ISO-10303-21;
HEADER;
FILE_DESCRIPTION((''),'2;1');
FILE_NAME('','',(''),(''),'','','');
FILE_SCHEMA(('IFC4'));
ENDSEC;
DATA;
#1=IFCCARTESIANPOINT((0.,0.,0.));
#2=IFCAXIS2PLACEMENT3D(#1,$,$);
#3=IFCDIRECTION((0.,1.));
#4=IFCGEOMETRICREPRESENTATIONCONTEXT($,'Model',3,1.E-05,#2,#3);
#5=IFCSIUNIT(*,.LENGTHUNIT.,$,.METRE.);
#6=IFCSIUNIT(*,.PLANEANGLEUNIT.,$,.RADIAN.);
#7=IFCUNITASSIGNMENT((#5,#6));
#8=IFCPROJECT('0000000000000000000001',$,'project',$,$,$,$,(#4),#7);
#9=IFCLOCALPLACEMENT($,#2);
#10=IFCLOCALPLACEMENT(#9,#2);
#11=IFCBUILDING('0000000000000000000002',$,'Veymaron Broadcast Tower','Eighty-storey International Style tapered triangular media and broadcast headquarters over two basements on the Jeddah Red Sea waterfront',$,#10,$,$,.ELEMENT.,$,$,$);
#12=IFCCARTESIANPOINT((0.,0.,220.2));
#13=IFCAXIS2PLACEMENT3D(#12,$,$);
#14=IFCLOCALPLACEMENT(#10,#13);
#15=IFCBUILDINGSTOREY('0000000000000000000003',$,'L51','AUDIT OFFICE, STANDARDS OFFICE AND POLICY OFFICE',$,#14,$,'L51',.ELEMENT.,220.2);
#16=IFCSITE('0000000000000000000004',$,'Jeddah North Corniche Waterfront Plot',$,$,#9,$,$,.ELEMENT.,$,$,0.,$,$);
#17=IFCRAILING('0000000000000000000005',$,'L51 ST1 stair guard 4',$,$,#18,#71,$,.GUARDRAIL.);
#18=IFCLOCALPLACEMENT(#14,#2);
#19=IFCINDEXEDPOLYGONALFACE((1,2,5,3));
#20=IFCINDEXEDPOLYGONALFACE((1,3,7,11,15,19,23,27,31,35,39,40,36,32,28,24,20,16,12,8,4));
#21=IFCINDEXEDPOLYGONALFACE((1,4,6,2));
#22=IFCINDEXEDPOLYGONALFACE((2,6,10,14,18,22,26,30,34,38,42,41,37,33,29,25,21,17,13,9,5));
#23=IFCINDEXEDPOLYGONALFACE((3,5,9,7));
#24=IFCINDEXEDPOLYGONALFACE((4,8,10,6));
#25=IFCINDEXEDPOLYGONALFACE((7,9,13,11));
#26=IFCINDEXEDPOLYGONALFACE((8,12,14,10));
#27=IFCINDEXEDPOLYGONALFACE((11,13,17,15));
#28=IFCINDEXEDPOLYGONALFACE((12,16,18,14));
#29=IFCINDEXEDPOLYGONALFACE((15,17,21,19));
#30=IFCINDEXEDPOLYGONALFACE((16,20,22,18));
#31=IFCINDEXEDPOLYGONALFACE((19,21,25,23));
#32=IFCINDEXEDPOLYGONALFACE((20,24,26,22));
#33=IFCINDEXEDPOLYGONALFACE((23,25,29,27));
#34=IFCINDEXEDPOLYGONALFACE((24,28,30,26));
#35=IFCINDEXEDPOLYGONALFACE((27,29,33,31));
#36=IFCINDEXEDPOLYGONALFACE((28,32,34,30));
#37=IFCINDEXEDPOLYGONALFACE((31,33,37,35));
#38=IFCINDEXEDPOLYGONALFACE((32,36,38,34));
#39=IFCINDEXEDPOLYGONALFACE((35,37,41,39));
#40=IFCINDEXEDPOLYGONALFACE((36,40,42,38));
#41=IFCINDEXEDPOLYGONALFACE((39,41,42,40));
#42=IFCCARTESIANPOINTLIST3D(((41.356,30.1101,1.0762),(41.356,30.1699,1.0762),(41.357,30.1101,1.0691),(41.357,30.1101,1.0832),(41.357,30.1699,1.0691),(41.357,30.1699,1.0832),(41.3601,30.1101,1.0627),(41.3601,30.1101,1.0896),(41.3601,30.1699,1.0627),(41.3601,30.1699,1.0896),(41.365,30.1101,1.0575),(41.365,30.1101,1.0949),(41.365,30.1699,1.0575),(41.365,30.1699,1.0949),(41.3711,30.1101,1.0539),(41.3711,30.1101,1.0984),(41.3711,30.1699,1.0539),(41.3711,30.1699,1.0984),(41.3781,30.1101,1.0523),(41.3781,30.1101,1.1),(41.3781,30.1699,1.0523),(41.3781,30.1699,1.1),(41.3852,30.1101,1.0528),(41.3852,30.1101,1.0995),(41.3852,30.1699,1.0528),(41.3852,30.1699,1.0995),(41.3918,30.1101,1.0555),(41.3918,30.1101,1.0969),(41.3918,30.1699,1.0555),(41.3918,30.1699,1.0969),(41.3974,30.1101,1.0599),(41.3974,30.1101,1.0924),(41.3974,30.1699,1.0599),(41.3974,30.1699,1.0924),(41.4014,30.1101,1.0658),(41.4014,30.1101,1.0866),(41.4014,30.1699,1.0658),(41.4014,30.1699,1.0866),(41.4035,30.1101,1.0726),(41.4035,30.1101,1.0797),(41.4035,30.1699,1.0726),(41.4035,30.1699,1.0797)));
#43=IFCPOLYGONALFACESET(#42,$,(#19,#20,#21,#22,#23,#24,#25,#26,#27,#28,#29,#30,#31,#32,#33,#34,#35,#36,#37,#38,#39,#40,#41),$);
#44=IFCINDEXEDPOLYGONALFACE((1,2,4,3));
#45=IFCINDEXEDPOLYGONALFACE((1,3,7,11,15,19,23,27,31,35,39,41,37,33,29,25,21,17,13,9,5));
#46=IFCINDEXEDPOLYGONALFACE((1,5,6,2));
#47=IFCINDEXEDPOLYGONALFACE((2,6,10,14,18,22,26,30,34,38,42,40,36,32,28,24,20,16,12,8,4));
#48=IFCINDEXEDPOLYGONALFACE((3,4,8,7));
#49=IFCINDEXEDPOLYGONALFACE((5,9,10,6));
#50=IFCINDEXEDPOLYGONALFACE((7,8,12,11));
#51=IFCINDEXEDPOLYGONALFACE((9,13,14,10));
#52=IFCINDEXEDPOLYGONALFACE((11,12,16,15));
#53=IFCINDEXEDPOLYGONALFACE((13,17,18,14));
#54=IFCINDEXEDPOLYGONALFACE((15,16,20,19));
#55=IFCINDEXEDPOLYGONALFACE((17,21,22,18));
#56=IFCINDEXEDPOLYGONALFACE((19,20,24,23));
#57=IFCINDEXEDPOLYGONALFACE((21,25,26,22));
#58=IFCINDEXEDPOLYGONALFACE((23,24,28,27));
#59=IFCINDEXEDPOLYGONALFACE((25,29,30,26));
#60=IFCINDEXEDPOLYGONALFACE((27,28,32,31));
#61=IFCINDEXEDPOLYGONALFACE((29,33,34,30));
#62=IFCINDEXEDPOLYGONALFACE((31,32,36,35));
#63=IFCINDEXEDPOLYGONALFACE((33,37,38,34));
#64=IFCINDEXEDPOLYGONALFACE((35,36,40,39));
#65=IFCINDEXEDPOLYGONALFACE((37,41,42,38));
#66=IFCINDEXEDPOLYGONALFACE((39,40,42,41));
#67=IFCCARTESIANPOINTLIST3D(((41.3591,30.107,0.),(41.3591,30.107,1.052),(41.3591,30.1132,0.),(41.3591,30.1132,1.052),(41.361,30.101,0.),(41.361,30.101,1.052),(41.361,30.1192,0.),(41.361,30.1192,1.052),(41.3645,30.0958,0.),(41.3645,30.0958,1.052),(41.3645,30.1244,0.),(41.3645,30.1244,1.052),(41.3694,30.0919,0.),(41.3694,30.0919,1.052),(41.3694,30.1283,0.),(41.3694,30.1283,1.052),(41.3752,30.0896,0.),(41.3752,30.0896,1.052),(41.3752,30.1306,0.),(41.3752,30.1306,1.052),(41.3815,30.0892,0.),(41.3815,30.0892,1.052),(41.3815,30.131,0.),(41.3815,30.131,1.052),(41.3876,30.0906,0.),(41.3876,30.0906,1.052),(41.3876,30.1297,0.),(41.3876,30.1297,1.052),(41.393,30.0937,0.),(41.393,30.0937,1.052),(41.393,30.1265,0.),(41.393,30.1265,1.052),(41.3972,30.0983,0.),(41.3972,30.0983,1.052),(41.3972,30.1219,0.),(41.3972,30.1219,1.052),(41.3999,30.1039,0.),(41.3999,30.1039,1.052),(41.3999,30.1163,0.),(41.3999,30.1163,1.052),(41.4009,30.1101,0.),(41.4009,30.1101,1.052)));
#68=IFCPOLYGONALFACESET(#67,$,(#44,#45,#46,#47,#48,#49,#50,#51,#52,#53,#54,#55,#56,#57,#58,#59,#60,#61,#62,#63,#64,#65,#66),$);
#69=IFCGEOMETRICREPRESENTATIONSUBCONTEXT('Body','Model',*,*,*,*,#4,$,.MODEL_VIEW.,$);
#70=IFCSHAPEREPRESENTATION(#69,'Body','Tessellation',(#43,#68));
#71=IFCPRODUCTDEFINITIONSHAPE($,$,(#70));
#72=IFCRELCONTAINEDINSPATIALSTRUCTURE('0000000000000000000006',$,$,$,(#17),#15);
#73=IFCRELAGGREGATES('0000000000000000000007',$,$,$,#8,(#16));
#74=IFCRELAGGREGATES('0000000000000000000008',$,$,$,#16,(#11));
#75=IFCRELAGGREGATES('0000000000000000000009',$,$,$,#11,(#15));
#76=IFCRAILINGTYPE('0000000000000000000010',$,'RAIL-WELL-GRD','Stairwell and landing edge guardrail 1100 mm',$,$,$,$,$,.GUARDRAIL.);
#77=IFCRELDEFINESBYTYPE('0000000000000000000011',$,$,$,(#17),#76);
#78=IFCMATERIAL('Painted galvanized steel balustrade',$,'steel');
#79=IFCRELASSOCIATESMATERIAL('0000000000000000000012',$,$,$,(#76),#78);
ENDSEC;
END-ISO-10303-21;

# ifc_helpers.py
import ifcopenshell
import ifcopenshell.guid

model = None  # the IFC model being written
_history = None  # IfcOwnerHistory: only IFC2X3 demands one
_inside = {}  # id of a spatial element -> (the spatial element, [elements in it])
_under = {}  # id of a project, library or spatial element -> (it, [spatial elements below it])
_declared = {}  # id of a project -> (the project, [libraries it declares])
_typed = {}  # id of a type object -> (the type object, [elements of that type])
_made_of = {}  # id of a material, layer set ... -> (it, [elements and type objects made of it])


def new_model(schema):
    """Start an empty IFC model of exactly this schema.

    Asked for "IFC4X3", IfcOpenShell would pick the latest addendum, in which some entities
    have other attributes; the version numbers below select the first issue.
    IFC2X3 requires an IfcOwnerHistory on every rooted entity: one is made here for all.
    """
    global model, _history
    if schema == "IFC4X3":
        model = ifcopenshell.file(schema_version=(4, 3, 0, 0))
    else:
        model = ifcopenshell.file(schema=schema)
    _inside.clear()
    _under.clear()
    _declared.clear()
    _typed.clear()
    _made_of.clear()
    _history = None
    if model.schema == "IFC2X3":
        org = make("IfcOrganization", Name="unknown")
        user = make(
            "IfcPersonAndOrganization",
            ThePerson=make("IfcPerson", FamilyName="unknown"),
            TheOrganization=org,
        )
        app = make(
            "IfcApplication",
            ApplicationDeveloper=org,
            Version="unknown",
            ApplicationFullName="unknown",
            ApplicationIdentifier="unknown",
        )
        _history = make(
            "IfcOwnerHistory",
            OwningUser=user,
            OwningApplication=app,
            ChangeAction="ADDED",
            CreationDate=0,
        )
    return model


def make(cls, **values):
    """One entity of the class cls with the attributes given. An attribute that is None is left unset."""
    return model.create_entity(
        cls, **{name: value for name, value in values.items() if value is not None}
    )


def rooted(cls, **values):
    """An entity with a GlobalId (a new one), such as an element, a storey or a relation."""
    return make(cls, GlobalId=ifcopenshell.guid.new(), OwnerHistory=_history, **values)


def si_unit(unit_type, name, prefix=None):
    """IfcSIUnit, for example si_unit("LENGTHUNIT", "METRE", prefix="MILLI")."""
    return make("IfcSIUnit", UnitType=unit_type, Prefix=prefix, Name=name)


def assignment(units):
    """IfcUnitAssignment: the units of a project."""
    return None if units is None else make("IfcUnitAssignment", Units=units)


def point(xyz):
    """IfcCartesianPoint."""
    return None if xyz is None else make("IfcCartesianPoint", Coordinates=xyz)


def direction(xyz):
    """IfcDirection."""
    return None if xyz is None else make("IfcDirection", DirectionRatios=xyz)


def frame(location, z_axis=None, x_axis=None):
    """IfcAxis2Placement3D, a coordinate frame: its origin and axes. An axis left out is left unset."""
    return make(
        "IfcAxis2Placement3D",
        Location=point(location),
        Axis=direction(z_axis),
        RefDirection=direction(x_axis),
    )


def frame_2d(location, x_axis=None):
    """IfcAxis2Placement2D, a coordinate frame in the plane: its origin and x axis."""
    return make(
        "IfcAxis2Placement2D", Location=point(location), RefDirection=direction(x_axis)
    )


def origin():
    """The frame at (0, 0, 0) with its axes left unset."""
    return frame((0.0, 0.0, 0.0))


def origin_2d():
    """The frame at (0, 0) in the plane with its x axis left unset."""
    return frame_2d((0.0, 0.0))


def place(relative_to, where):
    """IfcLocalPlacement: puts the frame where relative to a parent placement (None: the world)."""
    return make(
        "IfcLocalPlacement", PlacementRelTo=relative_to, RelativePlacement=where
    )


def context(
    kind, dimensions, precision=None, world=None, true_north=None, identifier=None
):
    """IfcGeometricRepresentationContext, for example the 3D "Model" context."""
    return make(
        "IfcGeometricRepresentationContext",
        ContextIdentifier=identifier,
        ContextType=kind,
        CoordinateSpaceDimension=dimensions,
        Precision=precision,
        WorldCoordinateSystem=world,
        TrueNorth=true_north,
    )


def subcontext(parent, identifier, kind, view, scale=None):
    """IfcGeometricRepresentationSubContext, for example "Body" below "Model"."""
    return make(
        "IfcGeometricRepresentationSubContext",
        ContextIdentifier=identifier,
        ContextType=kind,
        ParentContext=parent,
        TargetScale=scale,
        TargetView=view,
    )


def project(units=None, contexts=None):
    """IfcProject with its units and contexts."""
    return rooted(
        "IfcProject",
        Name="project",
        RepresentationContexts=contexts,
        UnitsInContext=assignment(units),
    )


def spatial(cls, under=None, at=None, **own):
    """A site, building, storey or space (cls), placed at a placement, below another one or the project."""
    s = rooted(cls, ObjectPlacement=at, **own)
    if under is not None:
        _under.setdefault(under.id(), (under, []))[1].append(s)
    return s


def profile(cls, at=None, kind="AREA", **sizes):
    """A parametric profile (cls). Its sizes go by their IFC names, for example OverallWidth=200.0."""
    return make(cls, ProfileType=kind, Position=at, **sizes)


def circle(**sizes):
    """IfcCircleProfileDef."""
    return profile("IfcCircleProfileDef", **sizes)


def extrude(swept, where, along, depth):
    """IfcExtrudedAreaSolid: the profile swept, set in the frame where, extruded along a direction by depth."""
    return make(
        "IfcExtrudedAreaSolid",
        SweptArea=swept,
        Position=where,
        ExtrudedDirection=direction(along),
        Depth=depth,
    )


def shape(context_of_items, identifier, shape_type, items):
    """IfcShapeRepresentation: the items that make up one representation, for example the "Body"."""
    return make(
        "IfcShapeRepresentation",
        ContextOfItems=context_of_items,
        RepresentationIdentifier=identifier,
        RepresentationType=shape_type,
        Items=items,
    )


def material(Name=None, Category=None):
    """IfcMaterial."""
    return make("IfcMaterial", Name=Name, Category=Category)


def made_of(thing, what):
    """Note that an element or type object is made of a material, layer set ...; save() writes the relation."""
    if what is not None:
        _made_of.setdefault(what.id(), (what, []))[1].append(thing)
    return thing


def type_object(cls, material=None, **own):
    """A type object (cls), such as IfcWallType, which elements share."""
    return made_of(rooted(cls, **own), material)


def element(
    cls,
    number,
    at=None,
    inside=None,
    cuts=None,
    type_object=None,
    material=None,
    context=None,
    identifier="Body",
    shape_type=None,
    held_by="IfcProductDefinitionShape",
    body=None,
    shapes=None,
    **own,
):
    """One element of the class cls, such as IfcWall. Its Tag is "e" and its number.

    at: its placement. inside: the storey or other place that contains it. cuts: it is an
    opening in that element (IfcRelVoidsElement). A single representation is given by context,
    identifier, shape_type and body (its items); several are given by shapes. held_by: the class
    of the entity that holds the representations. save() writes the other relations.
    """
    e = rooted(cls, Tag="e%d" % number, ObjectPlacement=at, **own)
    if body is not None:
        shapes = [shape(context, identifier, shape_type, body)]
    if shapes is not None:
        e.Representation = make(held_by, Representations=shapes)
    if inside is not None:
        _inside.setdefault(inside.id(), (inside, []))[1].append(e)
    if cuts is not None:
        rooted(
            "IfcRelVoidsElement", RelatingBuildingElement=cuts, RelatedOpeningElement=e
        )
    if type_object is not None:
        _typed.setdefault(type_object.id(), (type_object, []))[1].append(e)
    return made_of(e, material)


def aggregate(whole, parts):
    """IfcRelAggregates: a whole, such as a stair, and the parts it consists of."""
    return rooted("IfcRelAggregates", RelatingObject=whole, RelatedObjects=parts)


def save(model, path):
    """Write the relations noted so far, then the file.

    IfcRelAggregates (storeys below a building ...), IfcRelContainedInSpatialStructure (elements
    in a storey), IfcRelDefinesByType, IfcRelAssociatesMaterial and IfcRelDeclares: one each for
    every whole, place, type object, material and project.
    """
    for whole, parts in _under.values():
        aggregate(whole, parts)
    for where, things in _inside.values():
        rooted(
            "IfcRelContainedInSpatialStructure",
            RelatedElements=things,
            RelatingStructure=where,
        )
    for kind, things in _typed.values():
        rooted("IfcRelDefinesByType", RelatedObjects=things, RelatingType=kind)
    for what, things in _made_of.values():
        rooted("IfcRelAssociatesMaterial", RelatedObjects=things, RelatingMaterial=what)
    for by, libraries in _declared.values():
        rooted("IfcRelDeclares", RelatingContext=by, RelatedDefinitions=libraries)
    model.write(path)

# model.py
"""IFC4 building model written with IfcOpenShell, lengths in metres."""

from ifc_helpers import new_model, si_unit, direction, frame, origin, origin_2d, place, context, subcontext, project, spatial, circle, extrude, material, type_object, element, save


model = new_model("IFC4")

# Units and contexts
model_context = context("Model", 3, precision=1e-05, world=origin(), true_north=direction((0.0, 1.0)))
body_context = subcontext(model_context, "Body", "Model", "MODEL_VIEW")
ifc_project = project(units=[si_unit("LENGTHUNIT", "METRE"), si_unit("PLANEANGLEUNIT", "RADIAN")], contexts=[model_context])

# Site, building, storey
site_placement = place(None, origin())
site = spatial("IfcSite", under=ifc_project, at=site_placement, Name="Jeddah North Corniche Waterfront Plot", CompositionType="ELEMENT", RefElevation=0.0)
building_placement = place(site_placement, origin())
building = spatial("IfcBuilding", under=site, at=building_placement, Name="Veymaron Broadcast Tower", Description="Eighty-storey International Style tapered triangular media and broadcast headquarters over two basements on the Jeddah Red Sea waterfront", CompositionType="ELEMENT")
storey_placement = place(building_placement, frame((0.0, 0.0, 220.2)))
storey = spatial("IfcBuildingStorey", under=building, at=storey_placement, Name="L51", Description="AUDIT OFFICE, STANDARDS OFFICE AND POLICY OFFICE", LongName="L51", CompositionType="ELEMENT", Elevation=220.2)

# Railing
ifc_material_1 = material(Name="Painted galvanized steel balustrade", Category="steel")
railing_type_1 = type_object("IfcRailingType", Name="RAIL-WELL-GRD", Description="Stairwell and landing edge guardrail 1100 mm", PredefinedType="GUARDRAIL", material=ifc_material_1)
railing_1_placement = place(storey_placement, frame((41.3799, 30.1101, 0.0)))
element("IfcRailing", 1, at=railing_1_placement, inside=storey, type_object=railing_type_1, Name="L51 ST1 stair guard 4", PredefinedType="GUARDRAIL", context=body_context, shape_type="SweptSolid", body=[
    extrude(circle(Radius=0.0239, at=origin_2d()), frame((0.0, 0.0, 1.0762), z_axis=(0.0, 1.0, 0.0), x_axis=(-1.0, 0.0, 0.0)), (0.0, 0.0, 1.0), 0.0598),
    extrude(circle(Radius=0.021, at=origin_2d()), origin(), (0.0, 0.0, 1.0), 1.052),
])

save(model, "model.ifc")
